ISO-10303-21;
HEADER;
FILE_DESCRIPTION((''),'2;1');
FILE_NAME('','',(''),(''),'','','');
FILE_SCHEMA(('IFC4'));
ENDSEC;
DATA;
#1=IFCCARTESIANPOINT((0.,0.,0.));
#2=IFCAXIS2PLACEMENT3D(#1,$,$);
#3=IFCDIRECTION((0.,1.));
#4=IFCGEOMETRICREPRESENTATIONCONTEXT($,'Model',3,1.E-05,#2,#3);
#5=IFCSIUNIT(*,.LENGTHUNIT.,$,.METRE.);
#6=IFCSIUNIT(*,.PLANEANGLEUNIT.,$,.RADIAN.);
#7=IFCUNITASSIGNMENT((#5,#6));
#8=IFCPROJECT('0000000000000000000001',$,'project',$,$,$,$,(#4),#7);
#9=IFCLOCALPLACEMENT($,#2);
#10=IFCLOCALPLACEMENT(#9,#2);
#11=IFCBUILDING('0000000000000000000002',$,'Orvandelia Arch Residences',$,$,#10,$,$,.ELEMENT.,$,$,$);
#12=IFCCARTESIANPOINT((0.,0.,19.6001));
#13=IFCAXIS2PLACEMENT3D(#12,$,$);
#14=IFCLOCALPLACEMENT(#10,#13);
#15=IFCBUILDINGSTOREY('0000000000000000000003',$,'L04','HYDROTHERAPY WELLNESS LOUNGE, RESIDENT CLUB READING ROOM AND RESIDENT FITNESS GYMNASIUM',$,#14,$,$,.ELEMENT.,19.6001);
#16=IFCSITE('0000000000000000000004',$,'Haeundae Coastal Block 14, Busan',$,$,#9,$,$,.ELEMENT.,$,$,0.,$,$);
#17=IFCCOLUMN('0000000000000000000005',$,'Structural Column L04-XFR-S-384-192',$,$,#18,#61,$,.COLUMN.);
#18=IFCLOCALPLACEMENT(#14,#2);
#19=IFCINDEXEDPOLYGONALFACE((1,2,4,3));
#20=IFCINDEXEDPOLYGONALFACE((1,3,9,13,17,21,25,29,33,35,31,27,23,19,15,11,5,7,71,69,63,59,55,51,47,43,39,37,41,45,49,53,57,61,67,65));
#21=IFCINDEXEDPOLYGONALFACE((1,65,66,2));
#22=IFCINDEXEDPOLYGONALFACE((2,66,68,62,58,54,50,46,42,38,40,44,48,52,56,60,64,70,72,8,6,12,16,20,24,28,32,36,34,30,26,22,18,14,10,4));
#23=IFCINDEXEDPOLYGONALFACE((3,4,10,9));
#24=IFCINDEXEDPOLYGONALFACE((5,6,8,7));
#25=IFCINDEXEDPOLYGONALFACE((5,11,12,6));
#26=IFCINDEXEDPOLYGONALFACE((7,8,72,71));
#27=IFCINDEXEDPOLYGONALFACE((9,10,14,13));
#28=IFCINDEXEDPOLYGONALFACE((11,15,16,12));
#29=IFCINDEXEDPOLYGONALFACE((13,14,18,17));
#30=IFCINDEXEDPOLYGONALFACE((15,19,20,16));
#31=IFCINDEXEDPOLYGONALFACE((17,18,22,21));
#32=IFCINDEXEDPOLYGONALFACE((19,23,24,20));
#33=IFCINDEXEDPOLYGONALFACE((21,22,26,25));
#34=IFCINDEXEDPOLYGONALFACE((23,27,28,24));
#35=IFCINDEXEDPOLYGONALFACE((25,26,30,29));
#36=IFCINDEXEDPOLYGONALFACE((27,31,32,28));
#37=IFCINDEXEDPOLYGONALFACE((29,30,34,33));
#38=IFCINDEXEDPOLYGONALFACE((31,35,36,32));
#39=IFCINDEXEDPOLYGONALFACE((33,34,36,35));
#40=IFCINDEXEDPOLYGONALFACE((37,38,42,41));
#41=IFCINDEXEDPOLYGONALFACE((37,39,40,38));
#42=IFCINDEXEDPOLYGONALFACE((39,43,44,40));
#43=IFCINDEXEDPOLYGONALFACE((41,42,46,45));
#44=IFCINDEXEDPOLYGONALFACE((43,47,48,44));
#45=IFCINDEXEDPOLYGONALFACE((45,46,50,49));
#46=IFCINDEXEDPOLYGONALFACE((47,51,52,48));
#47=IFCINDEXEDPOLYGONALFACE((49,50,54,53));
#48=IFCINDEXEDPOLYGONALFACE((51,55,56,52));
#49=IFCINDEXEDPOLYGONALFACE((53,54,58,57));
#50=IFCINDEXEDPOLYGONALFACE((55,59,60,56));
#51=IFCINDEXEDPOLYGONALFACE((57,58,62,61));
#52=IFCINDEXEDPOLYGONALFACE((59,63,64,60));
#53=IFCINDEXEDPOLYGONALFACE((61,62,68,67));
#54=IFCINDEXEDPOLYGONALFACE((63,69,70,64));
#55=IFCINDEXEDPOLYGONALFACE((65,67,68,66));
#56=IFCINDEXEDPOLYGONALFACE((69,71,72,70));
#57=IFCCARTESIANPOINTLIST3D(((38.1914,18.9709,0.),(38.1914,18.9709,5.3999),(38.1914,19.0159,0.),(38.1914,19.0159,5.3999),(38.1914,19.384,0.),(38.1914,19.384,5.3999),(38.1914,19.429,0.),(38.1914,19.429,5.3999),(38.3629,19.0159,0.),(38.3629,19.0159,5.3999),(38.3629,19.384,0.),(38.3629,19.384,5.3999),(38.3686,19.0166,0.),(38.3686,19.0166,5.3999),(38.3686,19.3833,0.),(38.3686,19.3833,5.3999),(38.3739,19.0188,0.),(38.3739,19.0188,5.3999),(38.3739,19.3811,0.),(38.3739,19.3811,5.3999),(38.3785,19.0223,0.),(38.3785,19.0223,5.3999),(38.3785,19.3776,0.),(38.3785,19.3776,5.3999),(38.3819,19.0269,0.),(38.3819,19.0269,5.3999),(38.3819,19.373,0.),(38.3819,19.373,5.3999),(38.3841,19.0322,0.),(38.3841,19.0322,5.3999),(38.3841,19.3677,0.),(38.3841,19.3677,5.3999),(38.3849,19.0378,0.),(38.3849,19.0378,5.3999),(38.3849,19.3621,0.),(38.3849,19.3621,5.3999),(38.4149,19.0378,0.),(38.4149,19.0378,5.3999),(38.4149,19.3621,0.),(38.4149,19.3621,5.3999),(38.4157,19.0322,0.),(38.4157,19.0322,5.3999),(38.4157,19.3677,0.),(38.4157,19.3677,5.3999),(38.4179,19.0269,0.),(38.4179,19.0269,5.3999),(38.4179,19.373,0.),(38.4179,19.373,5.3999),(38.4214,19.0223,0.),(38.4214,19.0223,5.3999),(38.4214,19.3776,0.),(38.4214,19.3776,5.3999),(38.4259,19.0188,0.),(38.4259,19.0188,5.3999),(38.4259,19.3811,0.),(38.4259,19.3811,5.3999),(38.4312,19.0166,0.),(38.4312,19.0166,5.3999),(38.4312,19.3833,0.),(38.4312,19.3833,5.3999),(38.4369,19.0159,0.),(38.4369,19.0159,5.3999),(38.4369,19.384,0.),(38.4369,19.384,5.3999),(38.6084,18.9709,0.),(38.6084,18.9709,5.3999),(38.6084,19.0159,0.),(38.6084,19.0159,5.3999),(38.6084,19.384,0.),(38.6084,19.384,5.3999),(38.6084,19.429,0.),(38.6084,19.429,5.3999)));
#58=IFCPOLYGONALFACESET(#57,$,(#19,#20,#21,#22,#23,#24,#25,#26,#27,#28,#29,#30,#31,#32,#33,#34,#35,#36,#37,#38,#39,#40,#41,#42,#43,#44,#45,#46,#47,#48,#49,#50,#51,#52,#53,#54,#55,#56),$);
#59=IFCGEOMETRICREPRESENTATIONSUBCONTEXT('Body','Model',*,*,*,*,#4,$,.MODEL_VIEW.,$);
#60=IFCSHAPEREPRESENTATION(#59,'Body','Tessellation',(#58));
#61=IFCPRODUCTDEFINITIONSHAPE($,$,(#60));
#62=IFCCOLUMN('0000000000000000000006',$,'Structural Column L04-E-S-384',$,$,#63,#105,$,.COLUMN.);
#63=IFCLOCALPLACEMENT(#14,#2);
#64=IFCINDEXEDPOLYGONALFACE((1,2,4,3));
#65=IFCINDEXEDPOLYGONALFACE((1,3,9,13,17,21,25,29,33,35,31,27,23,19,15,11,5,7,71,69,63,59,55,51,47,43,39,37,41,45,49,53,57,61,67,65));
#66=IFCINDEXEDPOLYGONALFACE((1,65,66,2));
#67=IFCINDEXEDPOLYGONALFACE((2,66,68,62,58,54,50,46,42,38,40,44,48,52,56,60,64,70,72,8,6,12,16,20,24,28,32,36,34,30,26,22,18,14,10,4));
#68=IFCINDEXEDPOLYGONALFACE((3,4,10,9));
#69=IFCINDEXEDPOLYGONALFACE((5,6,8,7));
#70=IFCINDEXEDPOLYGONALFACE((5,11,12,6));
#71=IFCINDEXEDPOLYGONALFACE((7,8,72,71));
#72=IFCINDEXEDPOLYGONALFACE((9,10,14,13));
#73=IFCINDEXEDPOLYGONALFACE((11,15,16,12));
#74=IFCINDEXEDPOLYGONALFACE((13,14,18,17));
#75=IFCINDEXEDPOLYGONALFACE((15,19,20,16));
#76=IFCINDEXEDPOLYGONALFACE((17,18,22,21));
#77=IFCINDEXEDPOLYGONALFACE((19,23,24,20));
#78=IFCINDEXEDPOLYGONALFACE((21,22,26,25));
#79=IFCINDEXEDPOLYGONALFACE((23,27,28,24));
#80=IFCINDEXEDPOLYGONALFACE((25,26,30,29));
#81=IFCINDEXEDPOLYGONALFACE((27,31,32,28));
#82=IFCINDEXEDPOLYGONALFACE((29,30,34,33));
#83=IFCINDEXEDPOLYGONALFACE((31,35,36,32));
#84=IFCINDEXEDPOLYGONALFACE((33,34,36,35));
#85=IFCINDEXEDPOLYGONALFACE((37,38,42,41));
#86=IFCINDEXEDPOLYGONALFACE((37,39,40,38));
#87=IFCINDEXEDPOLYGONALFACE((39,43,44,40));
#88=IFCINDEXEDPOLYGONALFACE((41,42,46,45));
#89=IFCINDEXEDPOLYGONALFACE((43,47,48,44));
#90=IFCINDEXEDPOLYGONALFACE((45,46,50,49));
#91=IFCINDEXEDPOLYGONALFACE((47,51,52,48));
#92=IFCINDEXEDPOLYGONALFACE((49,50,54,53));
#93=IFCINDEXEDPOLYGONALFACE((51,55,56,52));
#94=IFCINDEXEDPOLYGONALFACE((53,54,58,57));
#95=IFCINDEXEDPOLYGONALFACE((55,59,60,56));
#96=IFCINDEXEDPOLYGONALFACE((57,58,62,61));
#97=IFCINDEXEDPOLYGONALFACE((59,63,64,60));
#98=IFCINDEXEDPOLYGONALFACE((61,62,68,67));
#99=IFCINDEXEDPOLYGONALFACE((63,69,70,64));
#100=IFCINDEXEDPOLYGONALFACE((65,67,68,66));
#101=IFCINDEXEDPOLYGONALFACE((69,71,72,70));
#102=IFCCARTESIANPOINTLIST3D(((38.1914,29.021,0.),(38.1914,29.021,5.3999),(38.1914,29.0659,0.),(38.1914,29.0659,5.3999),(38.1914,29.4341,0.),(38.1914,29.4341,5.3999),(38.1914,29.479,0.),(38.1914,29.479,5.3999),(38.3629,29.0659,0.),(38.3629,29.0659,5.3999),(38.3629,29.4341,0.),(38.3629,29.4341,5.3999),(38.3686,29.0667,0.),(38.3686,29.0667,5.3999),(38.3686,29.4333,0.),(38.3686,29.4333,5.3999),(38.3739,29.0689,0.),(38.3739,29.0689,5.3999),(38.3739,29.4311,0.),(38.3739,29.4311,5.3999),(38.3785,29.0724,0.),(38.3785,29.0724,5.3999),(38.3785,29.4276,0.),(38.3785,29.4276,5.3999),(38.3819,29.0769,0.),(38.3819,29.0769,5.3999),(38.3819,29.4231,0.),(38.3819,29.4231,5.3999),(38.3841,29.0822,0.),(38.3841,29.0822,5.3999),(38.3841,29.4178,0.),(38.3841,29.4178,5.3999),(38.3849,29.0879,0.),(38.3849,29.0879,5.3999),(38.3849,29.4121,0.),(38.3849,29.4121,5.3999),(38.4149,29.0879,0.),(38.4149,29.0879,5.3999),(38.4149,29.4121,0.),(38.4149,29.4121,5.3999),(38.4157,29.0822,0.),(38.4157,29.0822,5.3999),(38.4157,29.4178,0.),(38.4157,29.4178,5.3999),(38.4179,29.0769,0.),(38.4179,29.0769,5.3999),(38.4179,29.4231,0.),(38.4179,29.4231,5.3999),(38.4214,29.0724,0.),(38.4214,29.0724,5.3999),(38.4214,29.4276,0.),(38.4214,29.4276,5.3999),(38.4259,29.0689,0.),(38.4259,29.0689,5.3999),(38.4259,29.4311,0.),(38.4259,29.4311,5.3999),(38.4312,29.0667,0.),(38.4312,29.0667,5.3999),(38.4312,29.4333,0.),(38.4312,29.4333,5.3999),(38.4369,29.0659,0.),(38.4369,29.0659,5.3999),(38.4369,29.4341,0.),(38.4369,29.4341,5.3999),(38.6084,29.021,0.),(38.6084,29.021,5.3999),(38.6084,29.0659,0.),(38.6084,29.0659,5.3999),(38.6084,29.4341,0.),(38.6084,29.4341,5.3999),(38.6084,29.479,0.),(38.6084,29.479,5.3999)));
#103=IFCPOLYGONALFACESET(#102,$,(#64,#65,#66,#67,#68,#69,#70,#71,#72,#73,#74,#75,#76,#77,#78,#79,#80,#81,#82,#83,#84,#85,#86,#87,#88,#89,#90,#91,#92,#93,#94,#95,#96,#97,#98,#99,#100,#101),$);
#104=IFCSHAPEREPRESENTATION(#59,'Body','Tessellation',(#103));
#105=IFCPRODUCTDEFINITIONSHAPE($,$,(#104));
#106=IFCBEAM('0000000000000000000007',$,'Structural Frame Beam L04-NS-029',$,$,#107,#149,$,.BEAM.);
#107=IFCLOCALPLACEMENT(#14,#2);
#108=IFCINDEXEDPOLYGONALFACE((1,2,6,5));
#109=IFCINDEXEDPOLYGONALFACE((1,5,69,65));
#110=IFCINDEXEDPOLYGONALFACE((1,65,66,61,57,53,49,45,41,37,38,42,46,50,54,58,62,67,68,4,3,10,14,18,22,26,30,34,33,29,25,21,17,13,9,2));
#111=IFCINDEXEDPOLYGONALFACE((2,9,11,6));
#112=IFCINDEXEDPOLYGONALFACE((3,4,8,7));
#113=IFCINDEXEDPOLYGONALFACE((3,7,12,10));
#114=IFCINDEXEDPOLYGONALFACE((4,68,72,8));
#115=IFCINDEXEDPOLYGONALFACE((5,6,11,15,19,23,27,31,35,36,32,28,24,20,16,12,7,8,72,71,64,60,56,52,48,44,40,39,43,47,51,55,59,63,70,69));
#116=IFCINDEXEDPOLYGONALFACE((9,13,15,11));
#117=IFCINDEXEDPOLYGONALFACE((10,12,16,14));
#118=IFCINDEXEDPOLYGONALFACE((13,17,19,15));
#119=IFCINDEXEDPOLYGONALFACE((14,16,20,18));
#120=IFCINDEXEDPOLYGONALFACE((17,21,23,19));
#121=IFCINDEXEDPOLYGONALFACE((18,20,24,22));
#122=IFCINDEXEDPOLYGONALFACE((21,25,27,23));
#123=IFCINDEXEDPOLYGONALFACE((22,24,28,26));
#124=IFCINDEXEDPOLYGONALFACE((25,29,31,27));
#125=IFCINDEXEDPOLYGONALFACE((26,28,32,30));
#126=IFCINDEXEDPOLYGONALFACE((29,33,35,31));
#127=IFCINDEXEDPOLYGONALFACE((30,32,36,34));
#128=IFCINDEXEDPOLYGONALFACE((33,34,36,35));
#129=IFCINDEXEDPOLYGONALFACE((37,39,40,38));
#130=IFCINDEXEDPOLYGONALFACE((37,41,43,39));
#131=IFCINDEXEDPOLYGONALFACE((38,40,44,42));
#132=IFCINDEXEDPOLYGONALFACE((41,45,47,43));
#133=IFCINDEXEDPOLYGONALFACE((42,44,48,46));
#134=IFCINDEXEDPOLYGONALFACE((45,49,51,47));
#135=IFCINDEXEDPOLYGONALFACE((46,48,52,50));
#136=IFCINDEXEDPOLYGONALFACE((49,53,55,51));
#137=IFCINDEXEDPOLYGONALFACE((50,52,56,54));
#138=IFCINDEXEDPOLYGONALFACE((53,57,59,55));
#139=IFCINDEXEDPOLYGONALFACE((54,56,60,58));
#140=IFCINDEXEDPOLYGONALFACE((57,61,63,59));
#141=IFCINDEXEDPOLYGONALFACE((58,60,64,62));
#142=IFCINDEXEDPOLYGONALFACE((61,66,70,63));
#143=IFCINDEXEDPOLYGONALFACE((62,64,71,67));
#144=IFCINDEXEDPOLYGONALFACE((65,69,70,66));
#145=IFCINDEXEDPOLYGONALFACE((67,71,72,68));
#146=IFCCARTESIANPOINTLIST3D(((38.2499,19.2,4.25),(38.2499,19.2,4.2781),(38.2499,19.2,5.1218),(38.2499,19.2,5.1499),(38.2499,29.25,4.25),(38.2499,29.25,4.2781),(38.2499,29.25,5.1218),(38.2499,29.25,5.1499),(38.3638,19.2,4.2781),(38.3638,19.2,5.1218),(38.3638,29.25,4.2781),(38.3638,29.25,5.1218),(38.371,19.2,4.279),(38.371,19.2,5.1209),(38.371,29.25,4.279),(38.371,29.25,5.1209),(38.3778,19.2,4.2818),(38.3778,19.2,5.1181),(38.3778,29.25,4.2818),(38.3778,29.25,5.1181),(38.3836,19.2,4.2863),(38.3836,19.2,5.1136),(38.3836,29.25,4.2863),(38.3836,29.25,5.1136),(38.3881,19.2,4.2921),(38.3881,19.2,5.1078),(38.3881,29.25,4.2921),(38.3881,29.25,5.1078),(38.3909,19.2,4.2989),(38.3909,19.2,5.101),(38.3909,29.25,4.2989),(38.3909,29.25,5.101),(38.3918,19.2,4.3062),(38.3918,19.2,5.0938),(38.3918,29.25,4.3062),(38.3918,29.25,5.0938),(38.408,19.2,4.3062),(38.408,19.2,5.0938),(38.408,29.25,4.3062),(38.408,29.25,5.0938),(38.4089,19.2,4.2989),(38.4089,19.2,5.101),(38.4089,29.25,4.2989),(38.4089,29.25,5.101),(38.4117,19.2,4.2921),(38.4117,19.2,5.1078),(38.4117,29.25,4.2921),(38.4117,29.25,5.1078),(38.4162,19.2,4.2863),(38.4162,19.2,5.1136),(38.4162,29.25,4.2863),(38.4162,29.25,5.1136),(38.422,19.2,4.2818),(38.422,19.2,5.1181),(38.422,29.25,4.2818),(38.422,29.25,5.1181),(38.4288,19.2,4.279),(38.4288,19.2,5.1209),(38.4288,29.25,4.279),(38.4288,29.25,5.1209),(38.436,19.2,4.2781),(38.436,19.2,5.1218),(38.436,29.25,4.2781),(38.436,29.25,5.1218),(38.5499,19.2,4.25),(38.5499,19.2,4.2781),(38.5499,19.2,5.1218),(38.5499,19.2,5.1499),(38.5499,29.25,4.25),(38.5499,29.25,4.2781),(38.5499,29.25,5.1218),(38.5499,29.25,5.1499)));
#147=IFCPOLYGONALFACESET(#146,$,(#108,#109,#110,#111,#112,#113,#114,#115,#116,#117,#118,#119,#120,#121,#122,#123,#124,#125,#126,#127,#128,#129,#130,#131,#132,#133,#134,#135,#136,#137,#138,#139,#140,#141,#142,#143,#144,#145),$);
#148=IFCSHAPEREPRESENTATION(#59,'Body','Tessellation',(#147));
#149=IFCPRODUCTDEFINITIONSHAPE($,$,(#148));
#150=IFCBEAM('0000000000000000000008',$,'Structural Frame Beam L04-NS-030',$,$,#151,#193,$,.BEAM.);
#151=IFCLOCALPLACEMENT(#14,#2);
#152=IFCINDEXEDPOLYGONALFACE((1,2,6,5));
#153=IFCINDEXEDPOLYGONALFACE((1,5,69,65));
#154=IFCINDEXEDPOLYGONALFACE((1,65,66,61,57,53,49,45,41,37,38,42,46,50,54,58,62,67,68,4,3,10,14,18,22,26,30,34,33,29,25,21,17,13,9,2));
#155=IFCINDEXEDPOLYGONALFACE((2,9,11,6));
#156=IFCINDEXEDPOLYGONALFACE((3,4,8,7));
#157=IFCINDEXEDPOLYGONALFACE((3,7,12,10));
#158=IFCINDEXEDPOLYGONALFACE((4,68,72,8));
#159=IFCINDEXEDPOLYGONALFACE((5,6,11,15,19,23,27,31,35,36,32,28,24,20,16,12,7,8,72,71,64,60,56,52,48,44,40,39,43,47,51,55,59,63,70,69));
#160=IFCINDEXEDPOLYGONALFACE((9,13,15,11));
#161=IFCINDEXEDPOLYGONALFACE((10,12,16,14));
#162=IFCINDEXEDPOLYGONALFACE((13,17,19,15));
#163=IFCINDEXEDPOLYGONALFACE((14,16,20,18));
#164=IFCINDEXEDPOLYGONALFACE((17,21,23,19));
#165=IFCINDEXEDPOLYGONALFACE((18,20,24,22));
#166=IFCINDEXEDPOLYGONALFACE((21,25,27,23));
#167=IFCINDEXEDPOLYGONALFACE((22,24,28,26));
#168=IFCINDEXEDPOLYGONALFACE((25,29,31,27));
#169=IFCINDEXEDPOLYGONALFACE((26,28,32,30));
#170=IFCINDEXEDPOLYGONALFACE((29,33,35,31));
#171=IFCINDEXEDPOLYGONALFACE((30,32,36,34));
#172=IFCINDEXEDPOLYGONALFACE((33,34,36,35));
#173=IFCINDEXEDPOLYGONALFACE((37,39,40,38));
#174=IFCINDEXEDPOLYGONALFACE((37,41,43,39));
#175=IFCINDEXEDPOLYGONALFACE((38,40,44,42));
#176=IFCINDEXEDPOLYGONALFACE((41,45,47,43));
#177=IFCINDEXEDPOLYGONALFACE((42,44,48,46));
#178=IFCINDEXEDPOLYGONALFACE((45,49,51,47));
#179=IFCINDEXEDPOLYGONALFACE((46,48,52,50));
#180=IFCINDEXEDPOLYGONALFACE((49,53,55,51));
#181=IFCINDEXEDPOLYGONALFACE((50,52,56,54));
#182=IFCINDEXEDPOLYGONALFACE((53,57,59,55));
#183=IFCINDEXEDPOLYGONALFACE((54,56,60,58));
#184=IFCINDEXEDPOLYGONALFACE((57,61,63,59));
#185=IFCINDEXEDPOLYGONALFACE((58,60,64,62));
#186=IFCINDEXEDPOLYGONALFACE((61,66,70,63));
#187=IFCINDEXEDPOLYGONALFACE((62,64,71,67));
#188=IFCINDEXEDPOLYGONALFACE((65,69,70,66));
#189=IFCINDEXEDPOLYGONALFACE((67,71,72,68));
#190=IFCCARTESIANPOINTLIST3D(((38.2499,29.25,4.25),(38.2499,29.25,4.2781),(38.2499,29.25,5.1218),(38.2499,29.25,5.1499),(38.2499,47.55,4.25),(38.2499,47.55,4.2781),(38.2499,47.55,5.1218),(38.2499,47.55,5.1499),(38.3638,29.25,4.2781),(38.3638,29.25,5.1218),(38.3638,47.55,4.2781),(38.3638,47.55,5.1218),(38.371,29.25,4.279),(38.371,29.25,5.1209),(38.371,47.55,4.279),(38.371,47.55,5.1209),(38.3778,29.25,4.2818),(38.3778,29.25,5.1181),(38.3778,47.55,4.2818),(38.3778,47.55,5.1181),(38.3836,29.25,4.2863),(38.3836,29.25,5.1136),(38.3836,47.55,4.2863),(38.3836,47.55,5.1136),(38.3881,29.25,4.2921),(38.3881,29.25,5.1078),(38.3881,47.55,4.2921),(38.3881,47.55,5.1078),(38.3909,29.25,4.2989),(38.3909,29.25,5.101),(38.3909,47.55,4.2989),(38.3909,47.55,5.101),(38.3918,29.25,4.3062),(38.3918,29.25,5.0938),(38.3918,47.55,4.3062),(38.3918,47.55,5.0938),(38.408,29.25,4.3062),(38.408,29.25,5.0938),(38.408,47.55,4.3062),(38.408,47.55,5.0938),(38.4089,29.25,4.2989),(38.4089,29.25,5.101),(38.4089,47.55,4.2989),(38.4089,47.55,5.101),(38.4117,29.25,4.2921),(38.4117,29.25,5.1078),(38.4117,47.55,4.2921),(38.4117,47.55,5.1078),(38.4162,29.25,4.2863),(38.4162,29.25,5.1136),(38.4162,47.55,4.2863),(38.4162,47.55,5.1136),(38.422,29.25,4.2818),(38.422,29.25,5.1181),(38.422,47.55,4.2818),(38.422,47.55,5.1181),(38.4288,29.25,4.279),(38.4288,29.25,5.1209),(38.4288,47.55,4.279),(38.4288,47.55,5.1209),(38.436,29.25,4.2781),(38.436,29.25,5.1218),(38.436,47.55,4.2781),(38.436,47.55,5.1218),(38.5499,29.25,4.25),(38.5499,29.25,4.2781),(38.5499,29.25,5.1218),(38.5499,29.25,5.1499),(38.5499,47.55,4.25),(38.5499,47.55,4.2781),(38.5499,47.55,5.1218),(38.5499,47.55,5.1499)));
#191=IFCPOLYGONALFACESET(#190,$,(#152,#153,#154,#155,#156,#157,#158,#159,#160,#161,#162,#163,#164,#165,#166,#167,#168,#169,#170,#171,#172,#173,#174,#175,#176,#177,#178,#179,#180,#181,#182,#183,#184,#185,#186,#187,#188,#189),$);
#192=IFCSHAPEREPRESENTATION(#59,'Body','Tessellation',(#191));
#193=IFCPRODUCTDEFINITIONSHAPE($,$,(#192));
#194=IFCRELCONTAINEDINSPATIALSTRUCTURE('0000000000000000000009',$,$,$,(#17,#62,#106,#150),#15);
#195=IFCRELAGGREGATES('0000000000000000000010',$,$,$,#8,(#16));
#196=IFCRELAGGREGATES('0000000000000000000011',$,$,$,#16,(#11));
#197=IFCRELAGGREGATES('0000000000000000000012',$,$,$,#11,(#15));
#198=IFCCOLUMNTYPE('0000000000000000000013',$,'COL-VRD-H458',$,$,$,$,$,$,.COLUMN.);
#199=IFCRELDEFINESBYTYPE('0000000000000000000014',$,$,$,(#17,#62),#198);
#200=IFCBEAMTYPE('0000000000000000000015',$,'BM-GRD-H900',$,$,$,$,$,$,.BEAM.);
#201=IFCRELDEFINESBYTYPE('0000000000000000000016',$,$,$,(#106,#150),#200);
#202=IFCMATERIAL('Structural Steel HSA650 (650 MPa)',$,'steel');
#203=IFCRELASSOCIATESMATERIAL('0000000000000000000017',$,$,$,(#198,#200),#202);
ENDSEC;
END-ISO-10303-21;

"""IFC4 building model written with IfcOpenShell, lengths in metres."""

from ifc_helpers import new_model, si_unit, direction, frame, origin, origin_2d, place, context, subcontext, project, spatial, i_section, extrude, material, material_profile, profile_set, type_object, element, save


model = new_model("IFC4")

# Units and contexts
model_context = context("Model", 3, precision=1e-05, world=origin(), true_north=direction((0.0, 1.0)))
body_context = subcontext(model_context, "Body", "Model", "MODEL_VIEW")
ifc_project = project(units=[si_unit("LENGTHUNIT", "METRE"), si_unit("PLANEANGLEUNIT", "RADIAN")], contexts=[model_context])

# Site, building, storey
site_placement = place(None, origin())
site = spatial("IfcSite", under=ifc_project, at=site_placement, Name="Haeundae Coastal Block 14, Busan", CompositionType="ELEMENT", RefElevation=0.0)
building_placement = place(site_placement, origin())
building = spatial("IfcBuilding", under=site, at=building_placement, Name="Orvandelia Arch Residences", CompositionType="ELEMENT")
storey_placement = place(building_placement, frame((0.0, 0.0, 19.6001)))
storey = spatial("IfcBuildingStorey", under=building, at=storey_placement, Name="L04", Description="HYDROTHERAPY WELLNESS LOUNGE, RESIDENT CLUB READING ROOM AND RESIDENT FITNESS GYMNASIUM", CompositionType="ELEMENT", Elevation=19.6001)

# Columns
ifc_material_1 = material(Name="Structural Steel HSA650 (650 MPa)", Category="steel")
ifc_material_profile_1 = material_profile(ifc_material_1, i_section(OverallWidth=0.417, OverallDepth=0.458, WebThickness=0.03, FlangeThickness=0.0449, FilletRadius=0.022, at=origin_2d()), Name="Structural Steel HSA650 (650 MPa)", Category="steel")
ifc_profile_set_1 = profile_set([ifc_material_profile_1], Name="Structural Steel HSA650 (650 MPa)")
column_type_1 = type_object("IfcColumnType", Name="COL-VRD-H458", PredefinedType="COLUMN", material=ifc_profile_set_1)
for number, where, z_axis, x_axis, name in (
    (1, (38.3999, 19.2, 0.0), (0.0, 0.0, 1.0), (1.0, 0.0, 0.0), "Structural Column L04-XFR-S-384-192"),
    (2, (38.3999, 29.25, 0.0), (0.0, 0.0, 1.0), (1.0, 0.0, 0.0), "Structural Column L04-E-S-384"),
):
    element("IfcColumn", number, at=place(storey_placement, frame(where, z_axis=z_axis, x_axis=x_axis)), inside=storey, type_object=column_type_1, Name=name, PredefinedType="COLUMN", context=body_context, shape_type="SweptSolid", body=[
        extrude(i_section(OverallWidth=0.417, OverallDepth=0.458, WebThickness=0.03, FlangeThickness=0.0449, FilletRadius=0.022, at=origin_2d()), origin(), (0.0, 0.0, 1.0), 5.3999),
    ])

# Beams
ifc_material_profile_2 = material_profile(ifc_material_1, i_section(OverallWidth=0.3, OverallDepth=0.8999, WebThickness=0.0161, FlangeThickness=0.0281, FilletRadius=0.0281, at=origin_2d()), Name="Structural Steel HSA650 (650 MPa)", Category="steel")
ifc_profile_set_2 = profile_set([ifc_material_profile_2], Name="Structural Steel HSA650 (650 MPa)")
beam_type = type_object("IfcBeamType", Name="BM-GRD-H900", PredefinedType="BEAM", material=ifc_profile_set_2)
beam_1_placement = place(storey_placement, frame((38.3999, 19.2, 4.7), z_axis=(0.0, 1.0, 0.0), x_axis=(-1.0, 0.0, 0.0)))
element("IfcBeam", 3, at=beam_1_placement, inside=storey, type_object=beam_type, Name="Structural Frame Beam L04-NS-029", PredefinedType="BEAM", context=body_context, shape_type="SweptSolid", body=[
    extrude(i_section(OverallWidth=0.3, OverallDepth=0.8999, WebThickness=0.0161, FlangeThickness=0.0281, FilletRadius=0.0281, at=origin_2d()), origin(), (0.0, 0.0, 1.0), 10.05),
])
beam_2_placement = place(storey_placement, frame((38.3999, 29.25, 4.7), z_axis=(0.0, 1.0, 0.0), x_axis=(-1.0, 0.0, 0.0)))
element("IfcBeam", 4, at=beam_2_placement, inside=storey, type_object=beam_type, Name="Structural Frame Beam L04-NS-030", PredefinedType="BEAM", context=body_context, shape_type="SweptSolid", body=[
    extrude(i_section(OverallWidth=0.3, OverallDepth=0.8999, WebThickness=0.0161, FlangeThickness=0.0281, FilletRadius=0.0281, at=origin_2d()), origin(), (0.0, 0.0, 1.0), 18.3),
])

save(model, "model.ifc")
